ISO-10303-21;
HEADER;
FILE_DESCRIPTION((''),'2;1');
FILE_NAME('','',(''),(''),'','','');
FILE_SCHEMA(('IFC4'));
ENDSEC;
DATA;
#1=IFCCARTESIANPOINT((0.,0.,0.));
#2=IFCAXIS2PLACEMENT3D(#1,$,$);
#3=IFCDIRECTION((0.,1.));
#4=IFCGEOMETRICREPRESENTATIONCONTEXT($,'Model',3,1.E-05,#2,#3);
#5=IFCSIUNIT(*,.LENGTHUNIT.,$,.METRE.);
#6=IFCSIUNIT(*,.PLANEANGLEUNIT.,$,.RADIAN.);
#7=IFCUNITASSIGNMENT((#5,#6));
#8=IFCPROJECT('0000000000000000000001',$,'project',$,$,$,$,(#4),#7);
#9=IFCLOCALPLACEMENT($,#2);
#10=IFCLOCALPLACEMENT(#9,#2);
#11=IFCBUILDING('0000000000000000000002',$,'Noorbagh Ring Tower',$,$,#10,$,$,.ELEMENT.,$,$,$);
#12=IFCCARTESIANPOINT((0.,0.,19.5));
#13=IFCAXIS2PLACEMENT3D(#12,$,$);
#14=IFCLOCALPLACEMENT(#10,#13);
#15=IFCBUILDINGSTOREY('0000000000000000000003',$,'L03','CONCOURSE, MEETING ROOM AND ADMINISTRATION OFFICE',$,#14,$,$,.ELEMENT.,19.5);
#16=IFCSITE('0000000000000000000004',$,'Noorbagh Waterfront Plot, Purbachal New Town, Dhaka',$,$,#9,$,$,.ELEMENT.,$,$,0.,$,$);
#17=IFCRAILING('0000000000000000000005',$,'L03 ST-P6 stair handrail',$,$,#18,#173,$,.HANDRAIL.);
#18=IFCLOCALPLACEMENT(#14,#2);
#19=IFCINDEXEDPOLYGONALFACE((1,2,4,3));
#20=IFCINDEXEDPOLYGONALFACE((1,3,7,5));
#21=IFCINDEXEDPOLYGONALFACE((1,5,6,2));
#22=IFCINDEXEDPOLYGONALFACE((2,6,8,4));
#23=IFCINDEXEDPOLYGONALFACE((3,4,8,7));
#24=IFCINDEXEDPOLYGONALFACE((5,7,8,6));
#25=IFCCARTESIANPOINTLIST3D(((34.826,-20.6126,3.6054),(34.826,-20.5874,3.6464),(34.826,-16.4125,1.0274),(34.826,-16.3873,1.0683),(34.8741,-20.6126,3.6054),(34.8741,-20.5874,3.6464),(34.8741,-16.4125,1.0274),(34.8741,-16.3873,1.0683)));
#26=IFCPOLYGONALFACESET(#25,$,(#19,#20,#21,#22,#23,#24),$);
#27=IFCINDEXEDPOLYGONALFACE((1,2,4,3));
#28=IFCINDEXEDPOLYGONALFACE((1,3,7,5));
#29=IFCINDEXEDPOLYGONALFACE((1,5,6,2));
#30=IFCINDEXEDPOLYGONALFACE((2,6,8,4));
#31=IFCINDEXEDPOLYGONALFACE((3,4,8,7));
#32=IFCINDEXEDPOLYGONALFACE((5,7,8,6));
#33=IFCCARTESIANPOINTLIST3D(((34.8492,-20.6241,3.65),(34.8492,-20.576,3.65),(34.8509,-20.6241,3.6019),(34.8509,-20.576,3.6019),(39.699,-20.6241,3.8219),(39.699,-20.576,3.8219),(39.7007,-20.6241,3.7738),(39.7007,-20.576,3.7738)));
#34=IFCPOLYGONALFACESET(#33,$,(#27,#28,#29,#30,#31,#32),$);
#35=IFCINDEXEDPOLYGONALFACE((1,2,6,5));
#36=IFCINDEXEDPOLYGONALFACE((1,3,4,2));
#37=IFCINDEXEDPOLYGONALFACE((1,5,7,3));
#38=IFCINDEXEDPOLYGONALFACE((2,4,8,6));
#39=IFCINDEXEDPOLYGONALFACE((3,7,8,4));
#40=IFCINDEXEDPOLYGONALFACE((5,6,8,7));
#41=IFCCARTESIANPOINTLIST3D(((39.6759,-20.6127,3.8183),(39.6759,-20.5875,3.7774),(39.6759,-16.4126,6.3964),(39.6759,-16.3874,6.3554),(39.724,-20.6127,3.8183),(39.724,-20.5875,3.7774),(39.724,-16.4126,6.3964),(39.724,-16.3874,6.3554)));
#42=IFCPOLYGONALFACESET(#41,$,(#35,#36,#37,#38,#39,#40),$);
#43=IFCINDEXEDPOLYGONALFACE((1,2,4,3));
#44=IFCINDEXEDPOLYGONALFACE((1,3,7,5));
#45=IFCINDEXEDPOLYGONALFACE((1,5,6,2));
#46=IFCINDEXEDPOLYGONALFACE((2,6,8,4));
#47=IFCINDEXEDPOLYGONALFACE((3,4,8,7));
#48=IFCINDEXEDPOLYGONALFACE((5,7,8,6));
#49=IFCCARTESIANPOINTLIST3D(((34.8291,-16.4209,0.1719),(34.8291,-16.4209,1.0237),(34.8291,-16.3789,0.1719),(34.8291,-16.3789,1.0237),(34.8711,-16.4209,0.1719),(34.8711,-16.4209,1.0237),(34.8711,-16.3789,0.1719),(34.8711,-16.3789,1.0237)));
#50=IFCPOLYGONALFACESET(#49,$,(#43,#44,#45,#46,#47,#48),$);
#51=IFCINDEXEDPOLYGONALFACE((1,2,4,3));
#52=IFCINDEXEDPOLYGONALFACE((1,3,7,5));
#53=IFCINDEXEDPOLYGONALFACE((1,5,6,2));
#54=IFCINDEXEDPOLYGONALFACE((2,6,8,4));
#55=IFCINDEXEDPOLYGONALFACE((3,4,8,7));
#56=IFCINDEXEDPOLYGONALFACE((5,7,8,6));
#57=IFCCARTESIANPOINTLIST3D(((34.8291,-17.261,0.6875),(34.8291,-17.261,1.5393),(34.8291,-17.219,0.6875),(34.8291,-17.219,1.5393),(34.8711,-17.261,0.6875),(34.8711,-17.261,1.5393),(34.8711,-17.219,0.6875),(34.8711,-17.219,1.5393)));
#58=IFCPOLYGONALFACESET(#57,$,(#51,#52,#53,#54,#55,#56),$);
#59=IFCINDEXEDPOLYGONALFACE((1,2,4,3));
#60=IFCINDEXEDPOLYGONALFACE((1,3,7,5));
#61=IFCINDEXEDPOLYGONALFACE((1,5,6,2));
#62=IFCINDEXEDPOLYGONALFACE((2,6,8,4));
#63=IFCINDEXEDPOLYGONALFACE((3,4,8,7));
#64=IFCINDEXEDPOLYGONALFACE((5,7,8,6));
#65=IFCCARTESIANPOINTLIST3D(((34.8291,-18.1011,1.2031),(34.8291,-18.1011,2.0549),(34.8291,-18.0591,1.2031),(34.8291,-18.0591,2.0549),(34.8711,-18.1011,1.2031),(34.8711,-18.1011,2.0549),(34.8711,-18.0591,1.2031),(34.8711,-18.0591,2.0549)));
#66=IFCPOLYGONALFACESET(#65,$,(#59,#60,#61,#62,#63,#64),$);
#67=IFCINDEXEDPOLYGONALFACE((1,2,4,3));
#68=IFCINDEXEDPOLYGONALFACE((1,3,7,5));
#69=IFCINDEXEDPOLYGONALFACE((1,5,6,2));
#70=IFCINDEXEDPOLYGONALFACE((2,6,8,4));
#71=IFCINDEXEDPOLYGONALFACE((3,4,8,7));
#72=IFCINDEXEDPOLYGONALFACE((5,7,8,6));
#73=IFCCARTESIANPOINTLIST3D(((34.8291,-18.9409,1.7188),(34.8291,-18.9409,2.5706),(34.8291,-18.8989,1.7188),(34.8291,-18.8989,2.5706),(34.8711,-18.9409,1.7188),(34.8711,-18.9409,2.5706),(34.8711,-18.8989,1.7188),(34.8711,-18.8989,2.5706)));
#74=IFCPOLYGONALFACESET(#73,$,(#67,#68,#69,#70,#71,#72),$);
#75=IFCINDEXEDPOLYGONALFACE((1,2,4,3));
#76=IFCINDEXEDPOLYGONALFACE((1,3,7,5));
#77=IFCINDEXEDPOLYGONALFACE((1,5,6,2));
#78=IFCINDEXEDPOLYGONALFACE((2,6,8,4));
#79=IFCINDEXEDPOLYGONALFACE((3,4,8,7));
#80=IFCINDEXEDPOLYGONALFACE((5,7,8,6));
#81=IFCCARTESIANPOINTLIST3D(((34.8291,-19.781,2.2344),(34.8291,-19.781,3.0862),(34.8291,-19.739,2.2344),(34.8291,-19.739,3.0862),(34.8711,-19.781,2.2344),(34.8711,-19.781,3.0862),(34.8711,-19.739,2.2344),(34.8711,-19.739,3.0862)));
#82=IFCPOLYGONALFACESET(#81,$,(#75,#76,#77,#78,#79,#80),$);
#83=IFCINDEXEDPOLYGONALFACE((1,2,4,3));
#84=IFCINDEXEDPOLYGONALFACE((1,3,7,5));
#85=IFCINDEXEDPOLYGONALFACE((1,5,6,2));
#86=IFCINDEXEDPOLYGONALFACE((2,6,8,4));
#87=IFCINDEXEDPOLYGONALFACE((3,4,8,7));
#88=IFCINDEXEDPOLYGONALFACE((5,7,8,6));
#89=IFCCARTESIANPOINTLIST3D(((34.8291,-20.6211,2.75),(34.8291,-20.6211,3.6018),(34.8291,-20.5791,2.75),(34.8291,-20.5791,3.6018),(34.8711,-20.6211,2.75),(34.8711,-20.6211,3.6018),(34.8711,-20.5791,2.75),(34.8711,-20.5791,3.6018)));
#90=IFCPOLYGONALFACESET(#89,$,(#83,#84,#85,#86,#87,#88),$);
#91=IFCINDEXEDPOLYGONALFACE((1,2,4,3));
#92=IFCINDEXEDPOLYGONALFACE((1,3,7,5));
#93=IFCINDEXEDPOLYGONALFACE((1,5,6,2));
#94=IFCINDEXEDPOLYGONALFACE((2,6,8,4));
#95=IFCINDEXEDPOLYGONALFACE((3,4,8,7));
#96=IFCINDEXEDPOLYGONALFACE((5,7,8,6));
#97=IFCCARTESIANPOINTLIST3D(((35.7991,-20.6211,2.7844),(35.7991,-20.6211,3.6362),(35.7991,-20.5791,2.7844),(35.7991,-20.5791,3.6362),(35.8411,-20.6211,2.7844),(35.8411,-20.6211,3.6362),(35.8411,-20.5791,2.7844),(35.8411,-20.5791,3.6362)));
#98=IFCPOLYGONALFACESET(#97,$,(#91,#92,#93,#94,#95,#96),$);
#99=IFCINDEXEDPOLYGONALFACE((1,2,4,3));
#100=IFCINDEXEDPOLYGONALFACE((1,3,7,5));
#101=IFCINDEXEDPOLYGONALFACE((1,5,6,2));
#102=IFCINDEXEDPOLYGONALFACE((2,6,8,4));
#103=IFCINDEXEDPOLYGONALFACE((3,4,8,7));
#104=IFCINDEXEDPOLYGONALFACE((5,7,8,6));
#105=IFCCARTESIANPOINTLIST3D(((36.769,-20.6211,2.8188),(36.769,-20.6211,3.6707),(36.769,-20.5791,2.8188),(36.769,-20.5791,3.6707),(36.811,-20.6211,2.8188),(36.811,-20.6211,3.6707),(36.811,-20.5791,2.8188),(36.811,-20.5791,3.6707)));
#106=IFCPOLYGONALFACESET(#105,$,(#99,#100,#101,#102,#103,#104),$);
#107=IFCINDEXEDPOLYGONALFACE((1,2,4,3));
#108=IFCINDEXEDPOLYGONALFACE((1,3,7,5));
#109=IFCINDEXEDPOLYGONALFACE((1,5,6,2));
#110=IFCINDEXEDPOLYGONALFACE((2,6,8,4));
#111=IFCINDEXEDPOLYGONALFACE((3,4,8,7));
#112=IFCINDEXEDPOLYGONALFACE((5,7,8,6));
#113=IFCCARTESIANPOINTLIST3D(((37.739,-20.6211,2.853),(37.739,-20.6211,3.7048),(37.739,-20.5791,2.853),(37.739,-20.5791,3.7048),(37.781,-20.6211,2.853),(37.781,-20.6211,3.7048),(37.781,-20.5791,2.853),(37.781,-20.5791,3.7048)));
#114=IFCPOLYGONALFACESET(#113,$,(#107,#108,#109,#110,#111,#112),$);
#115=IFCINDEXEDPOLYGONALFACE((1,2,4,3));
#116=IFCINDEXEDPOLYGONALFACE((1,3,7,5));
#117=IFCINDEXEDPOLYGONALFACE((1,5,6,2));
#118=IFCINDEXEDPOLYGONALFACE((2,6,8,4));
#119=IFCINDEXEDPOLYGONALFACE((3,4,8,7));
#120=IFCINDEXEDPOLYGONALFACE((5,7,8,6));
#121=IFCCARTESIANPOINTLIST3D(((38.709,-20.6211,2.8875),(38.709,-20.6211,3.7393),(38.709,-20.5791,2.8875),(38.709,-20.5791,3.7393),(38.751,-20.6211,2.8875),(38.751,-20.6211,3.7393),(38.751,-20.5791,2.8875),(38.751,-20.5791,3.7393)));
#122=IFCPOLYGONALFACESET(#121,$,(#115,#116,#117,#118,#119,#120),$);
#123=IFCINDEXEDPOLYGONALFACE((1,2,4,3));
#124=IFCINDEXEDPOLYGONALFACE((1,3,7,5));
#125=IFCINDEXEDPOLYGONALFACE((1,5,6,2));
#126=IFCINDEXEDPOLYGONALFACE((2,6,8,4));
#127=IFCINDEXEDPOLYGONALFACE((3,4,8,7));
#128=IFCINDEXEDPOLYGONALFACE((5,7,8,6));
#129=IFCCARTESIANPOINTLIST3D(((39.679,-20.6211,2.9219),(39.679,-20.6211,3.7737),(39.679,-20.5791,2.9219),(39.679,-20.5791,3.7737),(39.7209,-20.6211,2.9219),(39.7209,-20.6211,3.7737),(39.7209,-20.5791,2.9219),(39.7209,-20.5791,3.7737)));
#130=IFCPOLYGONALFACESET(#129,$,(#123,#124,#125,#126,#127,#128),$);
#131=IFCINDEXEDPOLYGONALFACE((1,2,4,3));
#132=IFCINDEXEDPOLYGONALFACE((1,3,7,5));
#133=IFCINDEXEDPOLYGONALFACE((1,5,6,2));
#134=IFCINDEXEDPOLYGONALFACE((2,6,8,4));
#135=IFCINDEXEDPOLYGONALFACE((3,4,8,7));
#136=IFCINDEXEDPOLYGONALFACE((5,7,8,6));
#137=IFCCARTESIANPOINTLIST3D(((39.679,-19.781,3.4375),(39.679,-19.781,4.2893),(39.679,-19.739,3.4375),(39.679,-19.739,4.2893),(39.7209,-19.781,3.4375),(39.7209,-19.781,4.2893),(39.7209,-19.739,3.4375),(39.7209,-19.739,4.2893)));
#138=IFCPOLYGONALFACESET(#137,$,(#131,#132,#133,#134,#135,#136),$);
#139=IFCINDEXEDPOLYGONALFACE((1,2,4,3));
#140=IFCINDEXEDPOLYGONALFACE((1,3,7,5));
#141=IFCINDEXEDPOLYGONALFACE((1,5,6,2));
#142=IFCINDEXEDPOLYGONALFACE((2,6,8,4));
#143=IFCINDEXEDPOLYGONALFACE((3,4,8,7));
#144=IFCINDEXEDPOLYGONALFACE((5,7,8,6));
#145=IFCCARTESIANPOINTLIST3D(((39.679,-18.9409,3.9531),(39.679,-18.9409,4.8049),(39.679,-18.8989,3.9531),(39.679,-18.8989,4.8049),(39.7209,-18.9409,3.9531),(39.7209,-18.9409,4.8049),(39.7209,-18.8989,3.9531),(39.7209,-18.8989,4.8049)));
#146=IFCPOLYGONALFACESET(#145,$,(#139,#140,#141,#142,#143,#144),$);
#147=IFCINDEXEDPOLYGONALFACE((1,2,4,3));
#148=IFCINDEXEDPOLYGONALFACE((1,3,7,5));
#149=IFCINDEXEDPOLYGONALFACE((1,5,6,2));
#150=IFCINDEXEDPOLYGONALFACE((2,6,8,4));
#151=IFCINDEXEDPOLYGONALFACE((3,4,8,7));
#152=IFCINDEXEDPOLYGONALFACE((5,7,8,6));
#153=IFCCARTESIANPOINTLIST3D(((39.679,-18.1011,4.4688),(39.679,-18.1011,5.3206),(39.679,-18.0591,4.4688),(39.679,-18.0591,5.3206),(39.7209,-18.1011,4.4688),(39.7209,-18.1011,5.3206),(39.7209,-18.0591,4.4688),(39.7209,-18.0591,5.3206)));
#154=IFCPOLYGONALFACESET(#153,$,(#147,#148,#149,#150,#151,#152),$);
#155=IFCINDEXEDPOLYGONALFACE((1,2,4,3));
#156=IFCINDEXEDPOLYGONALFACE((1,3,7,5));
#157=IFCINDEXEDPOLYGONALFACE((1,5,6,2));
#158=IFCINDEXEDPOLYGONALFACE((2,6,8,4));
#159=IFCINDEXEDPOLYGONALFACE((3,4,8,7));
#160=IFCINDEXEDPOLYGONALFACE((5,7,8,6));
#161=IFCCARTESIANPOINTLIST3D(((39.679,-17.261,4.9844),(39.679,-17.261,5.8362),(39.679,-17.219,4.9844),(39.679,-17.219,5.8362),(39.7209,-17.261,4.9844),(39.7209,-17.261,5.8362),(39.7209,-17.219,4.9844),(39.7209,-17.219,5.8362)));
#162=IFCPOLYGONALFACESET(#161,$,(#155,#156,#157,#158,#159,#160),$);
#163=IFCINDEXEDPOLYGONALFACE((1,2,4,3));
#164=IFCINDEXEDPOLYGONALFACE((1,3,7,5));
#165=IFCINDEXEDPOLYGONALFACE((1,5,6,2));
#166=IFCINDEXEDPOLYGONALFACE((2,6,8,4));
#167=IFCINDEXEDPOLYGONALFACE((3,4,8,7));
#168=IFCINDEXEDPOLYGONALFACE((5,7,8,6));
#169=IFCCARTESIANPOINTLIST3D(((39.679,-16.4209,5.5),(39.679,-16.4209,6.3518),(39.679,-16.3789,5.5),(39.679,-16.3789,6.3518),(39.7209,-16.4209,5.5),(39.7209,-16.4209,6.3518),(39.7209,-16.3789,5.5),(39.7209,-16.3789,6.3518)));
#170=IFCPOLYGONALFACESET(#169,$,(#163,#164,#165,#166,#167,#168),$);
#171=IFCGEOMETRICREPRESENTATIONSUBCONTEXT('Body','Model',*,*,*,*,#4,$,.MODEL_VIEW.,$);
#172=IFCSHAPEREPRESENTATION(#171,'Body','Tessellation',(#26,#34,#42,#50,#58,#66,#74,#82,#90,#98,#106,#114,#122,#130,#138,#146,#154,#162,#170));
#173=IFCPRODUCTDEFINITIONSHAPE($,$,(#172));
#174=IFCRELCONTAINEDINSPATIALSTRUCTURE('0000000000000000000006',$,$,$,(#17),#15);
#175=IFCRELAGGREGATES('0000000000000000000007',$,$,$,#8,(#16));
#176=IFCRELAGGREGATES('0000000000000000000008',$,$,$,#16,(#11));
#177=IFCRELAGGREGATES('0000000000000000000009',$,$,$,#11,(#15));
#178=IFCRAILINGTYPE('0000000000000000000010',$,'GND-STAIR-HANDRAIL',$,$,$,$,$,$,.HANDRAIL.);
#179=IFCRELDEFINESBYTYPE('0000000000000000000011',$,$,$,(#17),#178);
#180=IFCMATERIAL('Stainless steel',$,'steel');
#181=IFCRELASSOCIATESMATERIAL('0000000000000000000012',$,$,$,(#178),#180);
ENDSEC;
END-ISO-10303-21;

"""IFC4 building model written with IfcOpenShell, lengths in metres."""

from ifc_helpers import new_model, si_unit, direction, frame, origin, origin_2d, place, context, subcontext, project, spatial, rectangle, extrude, material, type_object, element, save


model = new_model("IFC4")

# Units and contexts
model_context = context("Model", 3, precision=1e-05, world=origin(), true_north=direction((0.0, 1.0)))
body_context = subcontext(model_context, "Body", "Model", "MODEL_VIEW")
ifc_project = project(units=[si_unit("LENGTHUNIT", "METRE"), si_unit("PLANEANGLEUNIT", "RADIAN")], contexts=[model_context])

# Site, building, storey
site_placement = place(None, origin())
site = spatial("IfcSite", under=ifc_project, at=site_placement, Name="Noorbagh Waterfront Plot, Purbachal New Town, Dhaka", CompositionType="ELEMENT", RefElevation=0.0)
building_placement = place(site_placement, origin())
building = spatial("IfcBuilding", under=site, at=building_placement, Name="Noorbagh Ring Tower", CompositionType="ELEMENT")
storey_placement = place(building_placement, frame((0.0, 0.0, 19.5)))
storey = spatial("IfcBuildingStorey", under=building, at=storey_placement, Name="L03", Description="CONCOURSE, MEETING ROOM AND ADMINISTRATION OFFICE", CompositionType="ELEMENT", Elevation=19.5)

# Railing
ifc_material_1 = material(Name="Stainless steel", Category="steel")
railing_type_1 = type_object("IfcRailingType", Name="GND-STAIR-HANDRAIL", PredefinedType="HANDRAIL", material=ifc_material_1)
railing_1_placement = place(storey_placement, frame((34.8501, -16.3999, 0.1719)))
element("IfcRailing", 1, at=railing_1_placement, inside=storey, type_object=railing_type_1, Name="L03 ST-P6 stair handrail", PredefinedType="HANDRAIL", context=body_context, shape_type="SweptSolid", body=[
    extrude(rectangle(XDim=0.0481, YDim=0.0481, at=origin_2d()), frame((0.0, 0.0, 0.876), z_axis=(0.0, -0.852256, 0.523124), x_axis=(1.0, 0.0, 0.0)), (0.0, 0.0, 1.0), 4.9282),
    extrude(rectangle(XDim=0.0481, YDim=0.0481, at=origin_2d()), frame((0.0, -4.2002, 3.4541), z_axis=(0.999373, 0.0, 0.035417), x_axis=(0.0, 1.0, 0.0)), (0.0, 0.0, 1.0), 4.8528),
    extrude(rectangle(XDim=0.0481, YDim=0.0481, at=origin_2d()), frame((4.8499, -4.2002, 3.626), z_axis=(0.0, 0.852256, 0.523124), x_axis=(-1.0, 0.0, 0.0)), (0.0, 0.0, 1.0), 4.9282),
    extrude(rectangle(XDim=0.042, YDim=0.042, at=origin_2d()), origin(), (0.0, 0.0, 1.0), 0.8518),
    extrude(rectangle(XDim=0.042, YDim=0.042, at=origin_2d()), frame((0.0, -0.8401, 0.5156)), (0.0, 0.0, 1.0), 0.8518),
    extrude(rectangle(XDim=0.042, YDim=0.042, at=origin_2d()), frame((0.0, -1.6802, 1.0312)), (0.0, 0.0, 1.0), 0.8518),
    extrude(rectangle(XDim=0.042, YDim=0.042, at=origin_2d()), frame((0.0, -2.52, 1.5469)), (0.0, 0.0, 1.0), 0.8518),
    extrude(rectangle(XDim=0.042, YDim=0.042, at=origin_2d()), frame((0.0, -3.3601, 2.0625)), (0.0, 0.0, 1.0), 0.8518),
    extrude(rectangle(XDim=0.042, YDim=0.042, at=origin_2d()), frame((0.0, -4.2002, 2.5781)), (0.0, 0.0, 1.0), 0.8518),
    extrude(rectangle(XDim=0.042, YDim=0.042, at=origin_2d()), frame((0.97, -4.2002, 2.6125)), (0.0, 0.0, 1.0), 0.8518),
    extrude(rectangle(XDim=0.042, YDim=0.042, at=origin_2d()), frame((1.9399, -4.2002, 2.647)), (0.0, 0.0, 1.0), 0.8518),
    extrude(rectangle(XDim=0.042, YDim=0.042, at=origin_2d()), frame((2.9099, -4.2002, 2.6812)), (0.0, 0.0, 1.0), 0.8518),
    extrude(rectangle(XDim=0.042, YDim=0.042, at=origin_2d()), frame((3.8799, -4.2002, 2.7156)), (0.0, 0.0, 1.0), 0.8518),
    extrude(rectangle(XDim=0.042, YDim=0.042, at=origin_2d()), frame((4.8499, -4.2002, 2.75)), (0.0, 0.0, 1.0), 0.8518),
    extrude(rectangle(XDim=0.042, YDim=0.042, at=origin_2d()), frame((4.8499, -3.3601, 3.2656)), (0.0, 0.0, 1.0), 0.8518),
    extrude(rectangle(XDim=0.042, YDim=0.042, at=origin_2d()), frame((4.8499, -2.52, 3.7812)), (0.0, 0.0, 1.0), 0.8518),
    extrude(rectangle(XDim=0.042, YDim=0.042, at=origin_2d()), frame((4.8499, -1.6802, 4.2969)), (0.0, 0.0, 1.0), 0.8518),
    extrude(rectangle(XDim=0.042, YDim=0.042, at=origin_2d()), frame((4.8499, -0.8401, 4.8125)), (0.0, 0.0, 1.0), 0.8518),
    extrude(rectangle(XDim=0.042, YDim=0.042, at=origin_2d()), frame((4.8499, 0.0, 5.3281)), (0.0, 0.0, 1.0), 0.8518),
])

save(model, "model.ifc")
